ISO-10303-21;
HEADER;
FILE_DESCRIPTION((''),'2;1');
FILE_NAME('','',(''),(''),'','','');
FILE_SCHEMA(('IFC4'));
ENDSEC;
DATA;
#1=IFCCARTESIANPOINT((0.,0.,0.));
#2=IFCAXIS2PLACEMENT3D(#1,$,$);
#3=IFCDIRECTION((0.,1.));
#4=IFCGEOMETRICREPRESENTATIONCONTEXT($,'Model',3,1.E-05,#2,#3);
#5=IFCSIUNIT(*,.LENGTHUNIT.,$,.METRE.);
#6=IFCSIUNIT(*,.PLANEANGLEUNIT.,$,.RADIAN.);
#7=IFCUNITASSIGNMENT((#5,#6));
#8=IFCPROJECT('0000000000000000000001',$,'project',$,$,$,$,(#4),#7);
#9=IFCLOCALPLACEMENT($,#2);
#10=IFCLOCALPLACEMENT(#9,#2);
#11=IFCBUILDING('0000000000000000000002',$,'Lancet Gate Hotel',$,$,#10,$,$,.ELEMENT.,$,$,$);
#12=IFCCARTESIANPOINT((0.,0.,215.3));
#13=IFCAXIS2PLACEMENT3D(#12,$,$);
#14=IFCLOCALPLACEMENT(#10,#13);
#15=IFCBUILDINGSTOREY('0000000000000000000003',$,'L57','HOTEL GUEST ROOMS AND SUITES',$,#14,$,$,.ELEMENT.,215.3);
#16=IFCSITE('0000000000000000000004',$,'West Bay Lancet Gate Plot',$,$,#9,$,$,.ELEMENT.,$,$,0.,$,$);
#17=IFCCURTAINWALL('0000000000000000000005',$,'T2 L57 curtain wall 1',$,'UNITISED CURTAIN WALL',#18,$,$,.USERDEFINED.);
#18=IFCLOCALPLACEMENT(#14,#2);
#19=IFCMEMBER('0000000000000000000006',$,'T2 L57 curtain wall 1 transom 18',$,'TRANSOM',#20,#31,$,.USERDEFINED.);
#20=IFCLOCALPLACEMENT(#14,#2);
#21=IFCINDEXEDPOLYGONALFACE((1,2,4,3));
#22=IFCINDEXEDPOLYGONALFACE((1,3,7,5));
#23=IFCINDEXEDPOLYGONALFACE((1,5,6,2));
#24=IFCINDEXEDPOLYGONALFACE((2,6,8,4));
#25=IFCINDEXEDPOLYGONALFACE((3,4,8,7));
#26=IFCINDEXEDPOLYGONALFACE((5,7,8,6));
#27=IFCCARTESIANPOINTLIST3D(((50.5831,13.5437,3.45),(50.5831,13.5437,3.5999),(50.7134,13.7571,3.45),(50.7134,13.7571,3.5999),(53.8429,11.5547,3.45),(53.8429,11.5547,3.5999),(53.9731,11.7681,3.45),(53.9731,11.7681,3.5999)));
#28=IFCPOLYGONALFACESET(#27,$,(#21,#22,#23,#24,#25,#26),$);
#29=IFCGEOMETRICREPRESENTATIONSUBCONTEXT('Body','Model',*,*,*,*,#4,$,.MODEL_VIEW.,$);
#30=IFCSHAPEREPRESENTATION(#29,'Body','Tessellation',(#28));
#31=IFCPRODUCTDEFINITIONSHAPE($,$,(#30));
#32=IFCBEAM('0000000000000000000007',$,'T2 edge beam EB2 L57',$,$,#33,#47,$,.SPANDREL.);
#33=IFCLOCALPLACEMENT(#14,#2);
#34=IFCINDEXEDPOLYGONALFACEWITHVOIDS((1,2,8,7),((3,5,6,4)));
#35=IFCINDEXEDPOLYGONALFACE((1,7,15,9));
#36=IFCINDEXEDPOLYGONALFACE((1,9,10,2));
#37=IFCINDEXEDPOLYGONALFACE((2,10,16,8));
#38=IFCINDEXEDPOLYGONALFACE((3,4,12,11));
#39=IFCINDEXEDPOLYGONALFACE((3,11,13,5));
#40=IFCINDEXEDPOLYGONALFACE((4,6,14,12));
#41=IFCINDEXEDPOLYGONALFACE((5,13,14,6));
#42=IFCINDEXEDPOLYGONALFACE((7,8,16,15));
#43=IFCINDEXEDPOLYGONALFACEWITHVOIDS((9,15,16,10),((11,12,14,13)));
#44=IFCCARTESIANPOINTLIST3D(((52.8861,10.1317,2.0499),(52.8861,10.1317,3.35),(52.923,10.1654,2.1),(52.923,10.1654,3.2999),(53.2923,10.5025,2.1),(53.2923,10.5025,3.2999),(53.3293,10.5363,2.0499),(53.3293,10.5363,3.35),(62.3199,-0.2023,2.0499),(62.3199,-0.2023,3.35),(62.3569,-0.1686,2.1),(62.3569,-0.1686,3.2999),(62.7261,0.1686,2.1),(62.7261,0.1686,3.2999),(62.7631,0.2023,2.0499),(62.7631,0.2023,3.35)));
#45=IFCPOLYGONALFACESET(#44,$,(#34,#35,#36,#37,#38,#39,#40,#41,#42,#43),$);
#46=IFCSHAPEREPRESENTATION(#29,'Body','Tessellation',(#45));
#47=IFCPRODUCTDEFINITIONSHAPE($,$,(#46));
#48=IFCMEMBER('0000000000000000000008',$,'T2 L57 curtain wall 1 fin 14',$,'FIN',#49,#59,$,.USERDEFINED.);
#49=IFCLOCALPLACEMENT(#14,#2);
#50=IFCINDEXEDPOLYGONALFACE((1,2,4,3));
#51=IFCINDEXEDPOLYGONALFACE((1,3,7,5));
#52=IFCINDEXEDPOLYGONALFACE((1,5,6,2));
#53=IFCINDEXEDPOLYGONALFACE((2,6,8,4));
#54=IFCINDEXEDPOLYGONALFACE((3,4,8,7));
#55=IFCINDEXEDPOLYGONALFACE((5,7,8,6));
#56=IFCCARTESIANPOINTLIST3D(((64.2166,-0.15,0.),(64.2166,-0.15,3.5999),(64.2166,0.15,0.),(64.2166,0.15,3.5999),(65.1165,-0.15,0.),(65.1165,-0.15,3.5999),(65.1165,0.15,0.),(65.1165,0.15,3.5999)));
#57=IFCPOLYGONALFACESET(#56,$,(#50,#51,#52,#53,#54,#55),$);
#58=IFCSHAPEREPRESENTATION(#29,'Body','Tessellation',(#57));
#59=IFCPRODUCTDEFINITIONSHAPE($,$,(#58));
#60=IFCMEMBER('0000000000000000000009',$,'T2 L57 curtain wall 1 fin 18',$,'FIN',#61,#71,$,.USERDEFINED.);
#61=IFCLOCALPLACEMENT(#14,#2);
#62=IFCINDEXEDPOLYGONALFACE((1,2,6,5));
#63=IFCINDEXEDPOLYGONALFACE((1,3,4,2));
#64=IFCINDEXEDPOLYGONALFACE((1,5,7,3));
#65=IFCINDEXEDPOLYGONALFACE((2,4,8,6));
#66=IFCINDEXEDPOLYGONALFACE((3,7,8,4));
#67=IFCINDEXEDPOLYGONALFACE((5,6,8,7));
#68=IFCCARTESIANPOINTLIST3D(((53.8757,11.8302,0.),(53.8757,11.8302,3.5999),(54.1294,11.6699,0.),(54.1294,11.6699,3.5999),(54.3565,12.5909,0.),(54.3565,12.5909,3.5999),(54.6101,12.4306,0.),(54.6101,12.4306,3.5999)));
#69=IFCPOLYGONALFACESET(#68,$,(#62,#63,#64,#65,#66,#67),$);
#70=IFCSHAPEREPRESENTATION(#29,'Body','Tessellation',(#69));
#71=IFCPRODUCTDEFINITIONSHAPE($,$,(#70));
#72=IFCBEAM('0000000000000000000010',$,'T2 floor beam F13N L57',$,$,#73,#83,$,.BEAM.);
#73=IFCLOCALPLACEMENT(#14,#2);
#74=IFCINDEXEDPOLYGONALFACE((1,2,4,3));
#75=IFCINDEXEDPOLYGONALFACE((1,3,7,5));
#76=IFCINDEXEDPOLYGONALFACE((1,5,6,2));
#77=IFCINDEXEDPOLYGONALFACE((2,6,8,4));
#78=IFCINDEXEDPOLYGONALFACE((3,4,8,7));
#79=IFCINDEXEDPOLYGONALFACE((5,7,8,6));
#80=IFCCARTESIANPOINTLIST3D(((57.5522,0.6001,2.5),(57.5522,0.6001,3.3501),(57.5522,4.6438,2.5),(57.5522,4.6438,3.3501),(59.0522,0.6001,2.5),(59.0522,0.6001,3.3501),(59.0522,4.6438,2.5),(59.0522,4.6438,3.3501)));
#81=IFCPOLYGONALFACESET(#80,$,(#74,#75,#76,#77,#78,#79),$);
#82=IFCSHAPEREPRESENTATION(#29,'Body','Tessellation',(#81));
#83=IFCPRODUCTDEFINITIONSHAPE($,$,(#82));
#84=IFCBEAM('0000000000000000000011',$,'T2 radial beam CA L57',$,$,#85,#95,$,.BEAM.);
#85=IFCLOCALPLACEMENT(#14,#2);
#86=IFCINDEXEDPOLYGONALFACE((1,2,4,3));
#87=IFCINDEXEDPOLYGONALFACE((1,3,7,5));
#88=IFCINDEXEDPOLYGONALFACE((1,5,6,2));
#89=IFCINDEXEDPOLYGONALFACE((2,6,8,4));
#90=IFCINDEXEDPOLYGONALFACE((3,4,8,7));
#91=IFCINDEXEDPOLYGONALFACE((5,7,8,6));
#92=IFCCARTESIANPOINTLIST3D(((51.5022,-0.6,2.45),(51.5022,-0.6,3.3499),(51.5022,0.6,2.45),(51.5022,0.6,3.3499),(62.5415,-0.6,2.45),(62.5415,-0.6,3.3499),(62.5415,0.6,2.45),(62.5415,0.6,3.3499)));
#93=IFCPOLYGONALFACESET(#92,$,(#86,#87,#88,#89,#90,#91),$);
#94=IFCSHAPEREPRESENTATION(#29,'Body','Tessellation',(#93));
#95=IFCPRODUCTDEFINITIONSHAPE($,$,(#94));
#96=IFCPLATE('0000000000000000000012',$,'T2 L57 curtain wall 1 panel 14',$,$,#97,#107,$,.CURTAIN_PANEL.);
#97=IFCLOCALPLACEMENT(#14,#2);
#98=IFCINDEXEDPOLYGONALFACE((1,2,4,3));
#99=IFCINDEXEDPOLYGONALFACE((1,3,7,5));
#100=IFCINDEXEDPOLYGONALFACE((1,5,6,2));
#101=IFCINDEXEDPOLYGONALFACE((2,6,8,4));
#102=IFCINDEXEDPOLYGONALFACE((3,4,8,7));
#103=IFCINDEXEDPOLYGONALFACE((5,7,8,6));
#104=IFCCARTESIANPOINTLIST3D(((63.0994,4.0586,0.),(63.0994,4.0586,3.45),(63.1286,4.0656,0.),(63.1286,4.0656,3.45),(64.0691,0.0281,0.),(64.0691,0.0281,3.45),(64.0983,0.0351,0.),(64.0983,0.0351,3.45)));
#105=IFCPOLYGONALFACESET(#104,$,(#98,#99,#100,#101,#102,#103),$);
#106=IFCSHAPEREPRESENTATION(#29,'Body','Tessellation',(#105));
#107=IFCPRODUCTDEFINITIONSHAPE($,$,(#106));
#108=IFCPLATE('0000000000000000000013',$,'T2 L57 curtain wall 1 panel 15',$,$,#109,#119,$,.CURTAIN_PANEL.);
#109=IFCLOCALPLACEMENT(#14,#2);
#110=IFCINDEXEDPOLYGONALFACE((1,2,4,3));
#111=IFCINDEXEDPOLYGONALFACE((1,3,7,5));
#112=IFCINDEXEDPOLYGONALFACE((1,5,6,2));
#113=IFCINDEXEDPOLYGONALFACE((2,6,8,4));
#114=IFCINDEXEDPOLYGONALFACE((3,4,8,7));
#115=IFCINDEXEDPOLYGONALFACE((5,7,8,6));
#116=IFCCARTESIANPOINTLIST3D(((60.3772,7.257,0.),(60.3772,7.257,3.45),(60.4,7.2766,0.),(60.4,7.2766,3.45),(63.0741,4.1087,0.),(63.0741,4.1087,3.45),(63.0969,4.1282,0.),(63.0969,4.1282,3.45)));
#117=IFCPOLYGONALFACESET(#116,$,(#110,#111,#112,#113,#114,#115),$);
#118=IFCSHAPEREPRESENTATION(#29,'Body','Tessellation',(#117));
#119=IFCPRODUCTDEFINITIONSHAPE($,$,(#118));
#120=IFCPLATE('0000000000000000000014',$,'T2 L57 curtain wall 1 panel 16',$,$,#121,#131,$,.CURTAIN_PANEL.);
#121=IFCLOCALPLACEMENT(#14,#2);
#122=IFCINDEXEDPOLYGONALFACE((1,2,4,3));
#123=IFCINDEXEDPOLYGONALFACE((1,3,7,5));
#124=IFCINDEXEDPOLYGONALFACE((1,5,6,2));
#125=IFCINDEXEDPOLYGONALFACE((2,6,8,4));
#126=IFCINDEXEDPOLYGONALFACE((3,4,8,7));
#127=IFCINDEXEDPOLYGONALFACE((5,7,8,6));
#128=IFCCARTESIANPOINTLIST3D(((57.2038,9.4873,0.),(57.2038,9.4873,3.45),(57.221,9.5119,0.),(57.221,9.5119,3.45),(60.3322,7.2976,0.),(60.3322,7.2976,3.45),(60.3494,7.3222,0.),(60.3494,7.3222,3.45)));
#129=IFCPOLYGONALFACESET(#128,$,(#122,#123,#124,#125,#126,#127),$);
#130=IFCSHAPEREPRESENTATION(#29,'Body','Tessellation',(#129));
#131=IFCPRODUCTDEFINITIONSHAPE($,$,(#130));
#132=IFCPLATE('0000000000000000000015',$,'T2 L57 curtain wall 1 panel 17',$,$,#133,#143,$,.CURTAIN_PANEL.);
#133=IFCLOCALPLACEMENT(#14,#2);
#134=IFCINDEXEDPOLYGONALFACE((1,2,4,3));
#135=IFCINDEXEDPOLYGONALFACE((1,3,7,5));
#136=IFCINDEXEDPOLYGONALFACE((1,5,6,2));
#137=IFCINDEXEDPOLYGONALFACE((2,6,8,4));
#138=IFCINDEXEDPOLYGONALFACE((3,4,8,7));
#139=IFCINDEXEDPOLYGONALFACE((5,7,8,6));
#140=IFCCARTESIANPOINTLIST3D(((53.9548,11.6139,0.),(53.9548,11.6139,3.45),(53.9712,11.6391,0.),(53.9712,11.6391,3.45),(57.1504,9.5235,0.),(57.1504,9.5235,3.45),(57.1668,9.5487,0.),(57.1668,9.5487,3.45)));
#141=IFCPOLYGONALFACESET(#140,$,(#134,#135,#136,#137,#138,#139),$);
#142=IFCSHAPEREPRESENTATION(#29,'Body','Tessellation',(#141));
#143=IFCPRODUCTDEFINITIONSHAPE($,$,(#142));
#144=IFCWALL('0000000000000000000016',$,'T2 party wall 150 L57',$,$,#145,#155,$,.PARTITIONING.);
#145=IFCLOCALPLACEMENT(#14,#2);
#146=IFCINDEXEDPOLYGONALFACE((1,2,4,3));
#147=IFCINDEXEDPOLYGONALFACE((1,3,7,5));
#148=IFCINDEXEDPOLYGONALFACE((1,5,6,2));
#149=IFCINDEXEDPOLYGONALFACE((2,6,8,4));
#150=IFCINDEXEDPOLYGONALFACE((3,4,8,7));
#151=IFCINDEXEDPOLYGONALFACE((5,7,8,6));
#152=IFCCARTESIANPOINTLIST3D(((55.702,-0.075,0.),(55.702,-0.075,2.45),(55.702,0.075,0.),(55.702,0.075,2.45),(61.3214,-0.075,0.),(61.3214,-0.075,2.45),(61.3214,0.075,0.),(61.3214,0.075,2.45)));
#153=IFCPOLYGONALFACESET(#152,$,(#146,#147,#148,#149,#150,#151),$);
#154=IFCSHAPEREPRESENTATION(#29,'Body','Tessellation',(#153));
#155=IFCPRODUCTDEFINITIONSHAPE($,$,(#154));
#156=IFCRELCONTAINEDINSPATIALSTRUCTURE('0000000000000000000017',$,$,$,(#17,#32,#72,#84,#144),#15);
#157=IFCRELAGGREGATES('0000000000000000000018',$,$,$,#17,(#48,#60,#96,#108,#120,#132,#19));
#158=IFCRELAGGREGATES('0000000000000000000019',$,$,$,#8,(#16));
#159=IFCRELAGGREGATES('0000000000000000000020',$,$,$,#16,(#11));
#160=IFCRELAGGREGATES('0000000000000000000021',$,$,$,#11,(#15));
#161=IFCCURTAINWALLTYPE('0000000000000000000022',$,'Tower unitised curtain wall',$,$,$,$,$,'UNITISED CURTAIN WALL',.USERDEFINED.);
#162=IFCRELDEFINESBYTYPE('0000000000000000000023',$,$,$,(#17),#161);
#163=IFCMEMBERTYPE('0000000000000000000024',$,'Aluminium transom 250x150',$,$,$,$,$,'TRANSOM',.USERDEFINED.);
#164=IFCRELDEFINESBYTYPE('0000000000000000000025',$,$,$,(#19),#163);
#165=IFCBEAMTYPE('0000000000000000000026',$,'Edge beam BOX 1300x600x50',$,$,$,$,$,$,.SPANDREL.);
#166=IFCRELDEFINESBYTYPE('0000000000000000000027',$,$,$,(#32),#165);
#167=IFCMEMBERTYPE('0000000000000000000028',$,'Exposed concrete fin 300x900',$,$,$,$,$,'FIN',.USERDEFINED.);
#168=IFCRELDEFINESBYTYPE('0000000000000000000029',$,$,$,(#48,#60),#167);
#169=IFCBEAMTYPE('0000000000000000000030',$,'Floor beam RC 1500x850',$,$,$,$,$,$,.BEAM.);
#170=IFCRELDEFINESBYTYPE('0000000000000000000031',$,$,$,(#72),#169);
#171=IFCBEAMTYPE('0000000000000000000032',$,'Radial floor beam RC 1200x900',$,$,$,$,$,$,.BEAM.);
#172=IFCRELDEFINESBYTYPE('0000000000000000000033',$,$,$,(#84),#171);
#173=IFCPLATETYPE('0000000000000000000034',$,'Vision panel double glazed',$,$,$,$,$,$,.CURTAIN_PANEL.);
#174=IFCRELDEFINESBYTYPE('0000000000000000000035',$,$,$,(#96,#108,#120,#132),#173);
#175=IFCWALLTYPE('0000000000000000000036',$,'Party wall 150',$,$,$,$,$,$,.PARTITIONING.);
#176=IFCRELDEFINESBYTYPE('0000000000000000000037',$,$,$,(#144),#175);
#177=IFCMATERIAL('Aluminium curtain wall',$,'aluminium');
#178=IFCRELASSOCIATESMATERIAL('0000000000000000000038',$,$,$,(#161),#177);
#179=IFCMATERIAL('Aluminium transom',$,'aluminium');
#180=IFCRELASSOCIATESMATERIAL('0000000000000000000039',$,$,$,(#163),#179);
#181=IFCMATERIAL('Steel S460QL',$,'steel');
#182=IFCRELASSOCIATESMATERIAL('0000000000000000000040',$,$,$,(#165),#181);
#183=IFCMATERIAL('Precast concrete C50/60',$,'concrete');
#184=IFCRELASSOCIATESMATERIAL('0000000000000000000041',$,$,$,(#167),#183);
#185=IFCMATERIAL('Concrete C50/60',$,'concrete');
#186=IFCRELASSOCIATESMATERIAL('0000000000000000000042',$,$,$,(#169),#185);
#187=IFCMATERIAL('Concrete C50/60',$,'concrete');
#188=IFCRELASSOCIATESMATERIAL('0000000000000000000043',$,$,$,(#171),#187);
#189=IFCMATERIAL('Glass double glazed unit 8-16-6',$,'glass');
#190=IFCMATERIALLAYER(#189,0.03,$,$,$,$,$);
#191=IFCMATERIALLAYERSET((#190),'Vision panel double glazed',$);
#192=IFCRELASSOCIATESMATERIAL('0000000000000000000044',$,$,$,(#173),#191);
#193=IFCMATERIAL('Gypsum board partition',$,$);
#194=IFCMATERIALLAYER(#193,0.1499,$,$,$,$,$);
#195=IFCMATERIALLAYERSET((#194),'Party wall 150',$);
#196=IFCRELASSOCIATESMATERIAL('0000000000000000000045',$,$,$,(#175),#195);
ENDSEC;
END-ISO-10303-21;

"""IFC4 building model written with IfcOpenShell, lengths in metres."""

from ifc_helpers import new_model, si_unit, direction, frame, frame_2d, origin, origin_2d, place, context, subcontext, project, spatial, rectangle, hollow_rectangle, extrude, material, layer, layer_set, material_profile, profile_set, type_object, element, aggregate, save


model = new_model("IFC4")

# Units and contexts
model_context = context("Model", 3, precision=1e-05, world=origin(), true_north=direction((0.0, 1.0)))
body_context = subcontext(model_context, "Body", "Model", "MODEL_VIEW")
ifc_project = project(units=[si_unit("LENGTHUNIT", "METRE"), si_unit("PLANEANGLEUNIT", "RADIAN")], contexts=[model_context])

# Site, building, storey
site_placement = place(None, origin())
site = spatial("IfcSite", under=ifc_project, at=site_placement, Name="West Bay Lancet Gate Plot", CompositionType="ELEMENT", RefElevation=0.0)
building_placement = place(site_placement, origin())
building = spatial("IfcBuilding", under=site, at=building_placement, Name="Lancet Gate Hotel", CompositionType="ELEMENT")
storey_placement = place(building_placement, frame((0.0, 0.0, 215.3)))
storey = spatial("IfcBuildingStorey", under=building, at=storey_placement, Name="L57", Description="HOTEL GUEST ROOMS AND SUITES", CompositionType="ELEMENT", Elevation=215.3)

# Curtain wall, member
ifc_material_1 = material(Name="Aluminium curtain wall", Category="aluminium")
curtain_wall_type = type_object("IfcCurtainWallType", Name="Tower unitised curtain wall", ElementType="UNITISED CURTAIN WALL", PredefinedType="USERDEFINED", material=ifc_material_1)
curtain_wall_placement = place(storey_placement, origin())
curtain_wall = element("IfcCurtainWall", 1, at=curtain_wall_placement, inside=storey, type_object=curtain_wall_type, Name="T2 L57 curtain wall 1", ObjectType="UNITISED CURTAIN WALL", PredefinedType="USERDEFINED")
ifc_material_2 = material(Name="Aluminium transom", Category="aluminium")
ifc_material_profile_1 = material_profile(ifc_material_2, rectangle(XDim=0.25, YDim=0.1499, at=origin_2d()), Name="TRANSOM 250x150")
ifc_profile_set_1 = profile_set([ifc_material_profile_1], Name="Aluminium transom")
member_type_1 = type_object("IfcMemberType", Name="Aluminium transom 250x150", ElementType="TRANSOM", PredefinedType="USERDEFINED", material=ifc_profile_set_1)
member_1_placement = place(storey_placement, frame((53.908, 11.6614, 3.5249), z_axis=(-0.853639, 0.520865, 0.0), x_axis=(-0.520865, -0.853639, 0.0)))
member_1 = element("IfcMember", 2, at=member_1_placement, type_object=member_type_1, Name="T2 L57 curtain wall 1 transom 18", ObjectType="TRANSOM", PredefinedType="USERDEFINED", context=body_context, shape_type="SweptSolid", body=[
    extrude(rectangle(XDim=0.25, YDim=0.1499, at=origin_2d()), origin(), (0.0, 0.0, 1.0), 3.8186),
])

# Beam
ifc_material_3 = material(Name="Steel S460QL", Category="steel")
ifc_material_profile_2 = material_profile(ifc_material_3, hollow_rectangle(XDim=0.6001, YDim=1.3, WallThickness=0.05, at=origin_2d()), Name="BOX 1300x600x50")
ifc_profile_set_2 = profile_set([ifc_material_profile_2], Name="Steel S460QL")
beam_type_1 = type_object("IfcBeamType", Name="Edge beam BOX 1300x600x50", PredefinedType="SPANDREL", material=ifc_profile_set_2)
beam_1_placement = place(storey_placement, frame((62.5415, 0.0, 2.7), z_axis=(-0.674209, 0.73854, 0.0), x_axis=(-0.73854, -0.674209, 0.0)))
element("IfcBeam", 3, at=beam_1_placement, inside=storey, type_object=beam_type_1, Name="T2 edge beam EB2 L57", PredefinedType="SPANDREL", context=body_context, shape_type="SweptSolid", body=[
    extrude(hollow_rectangle(XDim=0.6001, YDim=1.3, WallThickness=0.05, at=origin_2d()), origin(), (0.0, 0.0, 1.0), 13.9924),
])

# Members
ifc_material_4 = material(Name="Precast concrete C50/60", Category="concrete")
ifc_material_profile_3 = material_profile(ifc_material_4, rectangle(XDim=0.3, YDim=0.8999, at=origin_2d()), Name="FIN 300x900")
ifc_profile_set_3 = profile_set([ifc_material_profile_3], Name="Precast concrete C50/60")
member_type_2 = type_object("IfcMemberType", Name="Exposed concrete fin 300x900", ElementType="FIN", PredefinedType="USERDEFINED", material=ifc_profile_set_3)
member_2_placement = place(storey_placement, frame((64.6665, 0.0, 0.0), z_axis=(0.0, 0.0, 1.0), x_axis=(0.0, 1.0, 0.0)))
member_2 = element("IfcMember", 4, at=member_2_placement, type_object=member_type_2, Name="T2 L57 curtain wall 1 fin 14", ObjectType="FIN", PredefinedType="USERDEFINED", context=body_context, shape_type="SweptSolid", body=[
    extrude(rectangle(XDim=0.3, YDim=0.8999, at=origin_2d()), origin(), (0.0, 0.0, 1.0), 3.5999),
])
member_3_placement = place(storey_placement, frame((54.2429, 12.1304, 0.0), z_axis=(0.0, 0.0, 1.0), x_axis=(-0.84534, 0.534229, 0.0)))
member_3 = element("IfcMember", 5, at=member_3_placement, type_object=member_type_2, Name="T2 L57 curtain wall 1 fin 18", ObjectType="FIN", PredefinedType="USERDEFINED", context=body_context, shape_type="SweptSolid", body=[
    extrude(rectangle(XDim=0.3, YDim=0.8999, at=origin_2d()), origin(), (0.0, 0.0, 1.0), 3.5999),
])

# Beams
ifc_material_5 = material(Name="Concrete C50/60", Category="concrete")
ifc_material_profile_4 = material_profile(ifc_material_5, rectangle(XDim=1.5, YDim=0.8501, at=origin_2d()), Name="RC 1500x850")
ifc_profile_set_4 = profile_set([ifc_material_profile_4], Name="Concrete C50/60")
beam_type_2 = type_object("IfcBeamType", Name="Floor beam RC 1500x850", PredefinedType="BEAM", material=ifc_profile_set_4)
beam_2_placement = place(storey_placement, frame((58.3022, 0.6001, 2.925), z_axis=(0.0, 1.0, 0.0), x_axis=(-1.0, 0.0, 0.0)))
element("IfcBeam", 6, at=beam_2_placement, inside=storey, type_object=beam_type_2, Name="T2 floor beam F13N L57", PredefinedType="BEAM", context=body_context, shape_type="SweptSolid", body=[
    extrude(rectangle(XDim=1.5, YDim=0.8501, at=origin_2d()), origin(), (0.0, 0.0, 1.0), 4.0437),
])
ifc_material_6 = material(Name="Concrete C50/60", Category="concrete")
ifc_material_profile_5 = material_profile(ifc_material_6, rectangle(XDim=1.2, YDim=0.8999, at=origin_2d()), Name="RC 1200x900")
ifc_profile_set_5 = profile_set([ifc_material_profile_5], Name="Concrete C50/60")
beam_type_3 = type_object("IfcBeamType", Name="Radial floor beam RC 1200x900", PredefinedType="BEAM", material=ifc_profile_set_5)
beam_3_placement = place(storey_placement, frame((62.5415, 0.0, 2.8999), z_axis=(-1.0, 0.0, 0.0), x_axis=(0.0, -1.0, 0.0)))
element("IfcBeam", 7, at=beam_3_placement, inside=storey, type_object=beam_type_3, Name="T2 radial beam CA L57", PredefinedType="BEAM", context=body_context, shape_type="SweptSolid", body=[
    extrude(rectangle(XDim=1.2, YDim=0.8999, at=origin_2d()), origin(), (0.0, 0.0, 1.0), 11.0393),
])

# Plates
ifc_material_7 = material(Name="Glass double glazed unit 8-16-6", Category="glass")
ifc_layer_1 = layer(ifc_material_7, 0.03)
ifc_layer_set_1 = layer_set([ifc_layer_1], Name="Vision panel double glazed")
plate_type = type_object("IfcPlateType", Name="Vision panel double glazed", PredefinedType="CURTAIN_PANEL", material=ifc_layer_set_1)
plate_1_placement = place(storey_placement, frame((63.5989, 2.0469, 0.0), z_axis=(0.0, 0.0, 1.0), x_axis=(-0.233916, 0.972257, 0.0)))
plate_1 = element("IfcPlate", 8, at=plate_1_placement, type_object=plate_type, Name="T2 L57 curtain wall 1 panel 14", PredefinedType="CURTAIN_PANEL", context=body_context, shape_type="SweptSolid", body=[
    extrude(rectangle(XDim=4.1455, YDim=0.03, at=origin_2d()), origin(), (0.0, 0.0, 1.0), 3.45),
])
plate_2_placement = place(storey_placement, frame((61.7371, 5.6926, 0.0), z_axis=(0.0, 0.0, 1.0), x_axis=(-0.650552, 0.759462, 0.0)))
plate_2 = element("IfcPlate", 9, at=plate_2_placement, type_object=plate_type, Name="T2 L57 curtain wall 1 panel 15", PredefinedType="CURTAIN_PANEL", context=body_context, shape_type="SweptSolid", body=[
    extrude(rectangle(XDim=4.1455, YDim=0.03, at=origin_2d()), origin(), (0.0, 0.0, 1.0), 3.45),
])
plate_3_placement = place(storey_placement, frame((58.7766, 8.4048, 0.0), z_axis=(0.0, 0.0, 1.0), x_axis=(-0.819255, 0.573429, 0.0)))
plate_3 = element("IfcPlate", 10, at=plate_3_placement, type_object=plate_type, Name="T2 L57 curtain wall 1 panel 16", PredefinedType="CURTAIN_PANEL", context=body_context, shape_type="SweptSolid", body=[
    extrude(rectangle(XDim=3.8186, YDim=0.03, at=origin_2d()), origin(), (0.0, 0.0, 1.0), 3.45),
])
plate_4_placement = place(storey_placement, frame((55.5608, 10.5813, 0.0), z_axis=(0.0, 0.0, 1.0), x_axis=(-0.83685, 0.547432, 0.0)))
plate_4 = element("IfcPlate", 11, at=plate_4_placement, type_object=plate_type, Name="T2 L57 curtain wall 1 panel 17", PredefinedType="CURTAIN_PANEL", context=body_context, shape_type="SweptSolid", body=[
    extrude(rectangle(XDim=3.8186, YDim=0.03, at=origin_2d()), origin(), (0.0, 0.0, 1.0), 3.45),
])
aggregate(curtain_wall, [member_2, member_3, plate_1, plate_2, plate_3, plate_4, member_1])

# Wall
ifc_material_8 = material(Name="Gypsum board partition")
ifc_layer_2 = layer(ifc_material_8, 0.1499)
ifc_layer_set_2 = layer_set([ifc_layer_2], Name="Party wall 150")
wall_type = type_object("IfcWallType", Name="Party wall 150", PredefinedType="PARTITIONING", material=ifc_layer_set_2)
wall_placement = place(storey_placement, frame((55.7021, 0.0, 0.0), z_axis=(0.0, 0.0, 1.0), x_axis=(1.0, 0.0, 0.0)))
element("IfcWall", 12, at=wall_placement, inside=storey, type_object=wall_type, Name="T2 party wall 150 L57", PredefinedType="PARTITIONING", context=body_context, shape_type="SweptSolid", body=[
    extrude(rectangle(XDim=5.6194, YDim=0.1499, at=frame_2d((2.8096, 0.0))), origin(), (0.0, 0.0, 1.0), 2.45),
])

save(model, "model.ifc")
